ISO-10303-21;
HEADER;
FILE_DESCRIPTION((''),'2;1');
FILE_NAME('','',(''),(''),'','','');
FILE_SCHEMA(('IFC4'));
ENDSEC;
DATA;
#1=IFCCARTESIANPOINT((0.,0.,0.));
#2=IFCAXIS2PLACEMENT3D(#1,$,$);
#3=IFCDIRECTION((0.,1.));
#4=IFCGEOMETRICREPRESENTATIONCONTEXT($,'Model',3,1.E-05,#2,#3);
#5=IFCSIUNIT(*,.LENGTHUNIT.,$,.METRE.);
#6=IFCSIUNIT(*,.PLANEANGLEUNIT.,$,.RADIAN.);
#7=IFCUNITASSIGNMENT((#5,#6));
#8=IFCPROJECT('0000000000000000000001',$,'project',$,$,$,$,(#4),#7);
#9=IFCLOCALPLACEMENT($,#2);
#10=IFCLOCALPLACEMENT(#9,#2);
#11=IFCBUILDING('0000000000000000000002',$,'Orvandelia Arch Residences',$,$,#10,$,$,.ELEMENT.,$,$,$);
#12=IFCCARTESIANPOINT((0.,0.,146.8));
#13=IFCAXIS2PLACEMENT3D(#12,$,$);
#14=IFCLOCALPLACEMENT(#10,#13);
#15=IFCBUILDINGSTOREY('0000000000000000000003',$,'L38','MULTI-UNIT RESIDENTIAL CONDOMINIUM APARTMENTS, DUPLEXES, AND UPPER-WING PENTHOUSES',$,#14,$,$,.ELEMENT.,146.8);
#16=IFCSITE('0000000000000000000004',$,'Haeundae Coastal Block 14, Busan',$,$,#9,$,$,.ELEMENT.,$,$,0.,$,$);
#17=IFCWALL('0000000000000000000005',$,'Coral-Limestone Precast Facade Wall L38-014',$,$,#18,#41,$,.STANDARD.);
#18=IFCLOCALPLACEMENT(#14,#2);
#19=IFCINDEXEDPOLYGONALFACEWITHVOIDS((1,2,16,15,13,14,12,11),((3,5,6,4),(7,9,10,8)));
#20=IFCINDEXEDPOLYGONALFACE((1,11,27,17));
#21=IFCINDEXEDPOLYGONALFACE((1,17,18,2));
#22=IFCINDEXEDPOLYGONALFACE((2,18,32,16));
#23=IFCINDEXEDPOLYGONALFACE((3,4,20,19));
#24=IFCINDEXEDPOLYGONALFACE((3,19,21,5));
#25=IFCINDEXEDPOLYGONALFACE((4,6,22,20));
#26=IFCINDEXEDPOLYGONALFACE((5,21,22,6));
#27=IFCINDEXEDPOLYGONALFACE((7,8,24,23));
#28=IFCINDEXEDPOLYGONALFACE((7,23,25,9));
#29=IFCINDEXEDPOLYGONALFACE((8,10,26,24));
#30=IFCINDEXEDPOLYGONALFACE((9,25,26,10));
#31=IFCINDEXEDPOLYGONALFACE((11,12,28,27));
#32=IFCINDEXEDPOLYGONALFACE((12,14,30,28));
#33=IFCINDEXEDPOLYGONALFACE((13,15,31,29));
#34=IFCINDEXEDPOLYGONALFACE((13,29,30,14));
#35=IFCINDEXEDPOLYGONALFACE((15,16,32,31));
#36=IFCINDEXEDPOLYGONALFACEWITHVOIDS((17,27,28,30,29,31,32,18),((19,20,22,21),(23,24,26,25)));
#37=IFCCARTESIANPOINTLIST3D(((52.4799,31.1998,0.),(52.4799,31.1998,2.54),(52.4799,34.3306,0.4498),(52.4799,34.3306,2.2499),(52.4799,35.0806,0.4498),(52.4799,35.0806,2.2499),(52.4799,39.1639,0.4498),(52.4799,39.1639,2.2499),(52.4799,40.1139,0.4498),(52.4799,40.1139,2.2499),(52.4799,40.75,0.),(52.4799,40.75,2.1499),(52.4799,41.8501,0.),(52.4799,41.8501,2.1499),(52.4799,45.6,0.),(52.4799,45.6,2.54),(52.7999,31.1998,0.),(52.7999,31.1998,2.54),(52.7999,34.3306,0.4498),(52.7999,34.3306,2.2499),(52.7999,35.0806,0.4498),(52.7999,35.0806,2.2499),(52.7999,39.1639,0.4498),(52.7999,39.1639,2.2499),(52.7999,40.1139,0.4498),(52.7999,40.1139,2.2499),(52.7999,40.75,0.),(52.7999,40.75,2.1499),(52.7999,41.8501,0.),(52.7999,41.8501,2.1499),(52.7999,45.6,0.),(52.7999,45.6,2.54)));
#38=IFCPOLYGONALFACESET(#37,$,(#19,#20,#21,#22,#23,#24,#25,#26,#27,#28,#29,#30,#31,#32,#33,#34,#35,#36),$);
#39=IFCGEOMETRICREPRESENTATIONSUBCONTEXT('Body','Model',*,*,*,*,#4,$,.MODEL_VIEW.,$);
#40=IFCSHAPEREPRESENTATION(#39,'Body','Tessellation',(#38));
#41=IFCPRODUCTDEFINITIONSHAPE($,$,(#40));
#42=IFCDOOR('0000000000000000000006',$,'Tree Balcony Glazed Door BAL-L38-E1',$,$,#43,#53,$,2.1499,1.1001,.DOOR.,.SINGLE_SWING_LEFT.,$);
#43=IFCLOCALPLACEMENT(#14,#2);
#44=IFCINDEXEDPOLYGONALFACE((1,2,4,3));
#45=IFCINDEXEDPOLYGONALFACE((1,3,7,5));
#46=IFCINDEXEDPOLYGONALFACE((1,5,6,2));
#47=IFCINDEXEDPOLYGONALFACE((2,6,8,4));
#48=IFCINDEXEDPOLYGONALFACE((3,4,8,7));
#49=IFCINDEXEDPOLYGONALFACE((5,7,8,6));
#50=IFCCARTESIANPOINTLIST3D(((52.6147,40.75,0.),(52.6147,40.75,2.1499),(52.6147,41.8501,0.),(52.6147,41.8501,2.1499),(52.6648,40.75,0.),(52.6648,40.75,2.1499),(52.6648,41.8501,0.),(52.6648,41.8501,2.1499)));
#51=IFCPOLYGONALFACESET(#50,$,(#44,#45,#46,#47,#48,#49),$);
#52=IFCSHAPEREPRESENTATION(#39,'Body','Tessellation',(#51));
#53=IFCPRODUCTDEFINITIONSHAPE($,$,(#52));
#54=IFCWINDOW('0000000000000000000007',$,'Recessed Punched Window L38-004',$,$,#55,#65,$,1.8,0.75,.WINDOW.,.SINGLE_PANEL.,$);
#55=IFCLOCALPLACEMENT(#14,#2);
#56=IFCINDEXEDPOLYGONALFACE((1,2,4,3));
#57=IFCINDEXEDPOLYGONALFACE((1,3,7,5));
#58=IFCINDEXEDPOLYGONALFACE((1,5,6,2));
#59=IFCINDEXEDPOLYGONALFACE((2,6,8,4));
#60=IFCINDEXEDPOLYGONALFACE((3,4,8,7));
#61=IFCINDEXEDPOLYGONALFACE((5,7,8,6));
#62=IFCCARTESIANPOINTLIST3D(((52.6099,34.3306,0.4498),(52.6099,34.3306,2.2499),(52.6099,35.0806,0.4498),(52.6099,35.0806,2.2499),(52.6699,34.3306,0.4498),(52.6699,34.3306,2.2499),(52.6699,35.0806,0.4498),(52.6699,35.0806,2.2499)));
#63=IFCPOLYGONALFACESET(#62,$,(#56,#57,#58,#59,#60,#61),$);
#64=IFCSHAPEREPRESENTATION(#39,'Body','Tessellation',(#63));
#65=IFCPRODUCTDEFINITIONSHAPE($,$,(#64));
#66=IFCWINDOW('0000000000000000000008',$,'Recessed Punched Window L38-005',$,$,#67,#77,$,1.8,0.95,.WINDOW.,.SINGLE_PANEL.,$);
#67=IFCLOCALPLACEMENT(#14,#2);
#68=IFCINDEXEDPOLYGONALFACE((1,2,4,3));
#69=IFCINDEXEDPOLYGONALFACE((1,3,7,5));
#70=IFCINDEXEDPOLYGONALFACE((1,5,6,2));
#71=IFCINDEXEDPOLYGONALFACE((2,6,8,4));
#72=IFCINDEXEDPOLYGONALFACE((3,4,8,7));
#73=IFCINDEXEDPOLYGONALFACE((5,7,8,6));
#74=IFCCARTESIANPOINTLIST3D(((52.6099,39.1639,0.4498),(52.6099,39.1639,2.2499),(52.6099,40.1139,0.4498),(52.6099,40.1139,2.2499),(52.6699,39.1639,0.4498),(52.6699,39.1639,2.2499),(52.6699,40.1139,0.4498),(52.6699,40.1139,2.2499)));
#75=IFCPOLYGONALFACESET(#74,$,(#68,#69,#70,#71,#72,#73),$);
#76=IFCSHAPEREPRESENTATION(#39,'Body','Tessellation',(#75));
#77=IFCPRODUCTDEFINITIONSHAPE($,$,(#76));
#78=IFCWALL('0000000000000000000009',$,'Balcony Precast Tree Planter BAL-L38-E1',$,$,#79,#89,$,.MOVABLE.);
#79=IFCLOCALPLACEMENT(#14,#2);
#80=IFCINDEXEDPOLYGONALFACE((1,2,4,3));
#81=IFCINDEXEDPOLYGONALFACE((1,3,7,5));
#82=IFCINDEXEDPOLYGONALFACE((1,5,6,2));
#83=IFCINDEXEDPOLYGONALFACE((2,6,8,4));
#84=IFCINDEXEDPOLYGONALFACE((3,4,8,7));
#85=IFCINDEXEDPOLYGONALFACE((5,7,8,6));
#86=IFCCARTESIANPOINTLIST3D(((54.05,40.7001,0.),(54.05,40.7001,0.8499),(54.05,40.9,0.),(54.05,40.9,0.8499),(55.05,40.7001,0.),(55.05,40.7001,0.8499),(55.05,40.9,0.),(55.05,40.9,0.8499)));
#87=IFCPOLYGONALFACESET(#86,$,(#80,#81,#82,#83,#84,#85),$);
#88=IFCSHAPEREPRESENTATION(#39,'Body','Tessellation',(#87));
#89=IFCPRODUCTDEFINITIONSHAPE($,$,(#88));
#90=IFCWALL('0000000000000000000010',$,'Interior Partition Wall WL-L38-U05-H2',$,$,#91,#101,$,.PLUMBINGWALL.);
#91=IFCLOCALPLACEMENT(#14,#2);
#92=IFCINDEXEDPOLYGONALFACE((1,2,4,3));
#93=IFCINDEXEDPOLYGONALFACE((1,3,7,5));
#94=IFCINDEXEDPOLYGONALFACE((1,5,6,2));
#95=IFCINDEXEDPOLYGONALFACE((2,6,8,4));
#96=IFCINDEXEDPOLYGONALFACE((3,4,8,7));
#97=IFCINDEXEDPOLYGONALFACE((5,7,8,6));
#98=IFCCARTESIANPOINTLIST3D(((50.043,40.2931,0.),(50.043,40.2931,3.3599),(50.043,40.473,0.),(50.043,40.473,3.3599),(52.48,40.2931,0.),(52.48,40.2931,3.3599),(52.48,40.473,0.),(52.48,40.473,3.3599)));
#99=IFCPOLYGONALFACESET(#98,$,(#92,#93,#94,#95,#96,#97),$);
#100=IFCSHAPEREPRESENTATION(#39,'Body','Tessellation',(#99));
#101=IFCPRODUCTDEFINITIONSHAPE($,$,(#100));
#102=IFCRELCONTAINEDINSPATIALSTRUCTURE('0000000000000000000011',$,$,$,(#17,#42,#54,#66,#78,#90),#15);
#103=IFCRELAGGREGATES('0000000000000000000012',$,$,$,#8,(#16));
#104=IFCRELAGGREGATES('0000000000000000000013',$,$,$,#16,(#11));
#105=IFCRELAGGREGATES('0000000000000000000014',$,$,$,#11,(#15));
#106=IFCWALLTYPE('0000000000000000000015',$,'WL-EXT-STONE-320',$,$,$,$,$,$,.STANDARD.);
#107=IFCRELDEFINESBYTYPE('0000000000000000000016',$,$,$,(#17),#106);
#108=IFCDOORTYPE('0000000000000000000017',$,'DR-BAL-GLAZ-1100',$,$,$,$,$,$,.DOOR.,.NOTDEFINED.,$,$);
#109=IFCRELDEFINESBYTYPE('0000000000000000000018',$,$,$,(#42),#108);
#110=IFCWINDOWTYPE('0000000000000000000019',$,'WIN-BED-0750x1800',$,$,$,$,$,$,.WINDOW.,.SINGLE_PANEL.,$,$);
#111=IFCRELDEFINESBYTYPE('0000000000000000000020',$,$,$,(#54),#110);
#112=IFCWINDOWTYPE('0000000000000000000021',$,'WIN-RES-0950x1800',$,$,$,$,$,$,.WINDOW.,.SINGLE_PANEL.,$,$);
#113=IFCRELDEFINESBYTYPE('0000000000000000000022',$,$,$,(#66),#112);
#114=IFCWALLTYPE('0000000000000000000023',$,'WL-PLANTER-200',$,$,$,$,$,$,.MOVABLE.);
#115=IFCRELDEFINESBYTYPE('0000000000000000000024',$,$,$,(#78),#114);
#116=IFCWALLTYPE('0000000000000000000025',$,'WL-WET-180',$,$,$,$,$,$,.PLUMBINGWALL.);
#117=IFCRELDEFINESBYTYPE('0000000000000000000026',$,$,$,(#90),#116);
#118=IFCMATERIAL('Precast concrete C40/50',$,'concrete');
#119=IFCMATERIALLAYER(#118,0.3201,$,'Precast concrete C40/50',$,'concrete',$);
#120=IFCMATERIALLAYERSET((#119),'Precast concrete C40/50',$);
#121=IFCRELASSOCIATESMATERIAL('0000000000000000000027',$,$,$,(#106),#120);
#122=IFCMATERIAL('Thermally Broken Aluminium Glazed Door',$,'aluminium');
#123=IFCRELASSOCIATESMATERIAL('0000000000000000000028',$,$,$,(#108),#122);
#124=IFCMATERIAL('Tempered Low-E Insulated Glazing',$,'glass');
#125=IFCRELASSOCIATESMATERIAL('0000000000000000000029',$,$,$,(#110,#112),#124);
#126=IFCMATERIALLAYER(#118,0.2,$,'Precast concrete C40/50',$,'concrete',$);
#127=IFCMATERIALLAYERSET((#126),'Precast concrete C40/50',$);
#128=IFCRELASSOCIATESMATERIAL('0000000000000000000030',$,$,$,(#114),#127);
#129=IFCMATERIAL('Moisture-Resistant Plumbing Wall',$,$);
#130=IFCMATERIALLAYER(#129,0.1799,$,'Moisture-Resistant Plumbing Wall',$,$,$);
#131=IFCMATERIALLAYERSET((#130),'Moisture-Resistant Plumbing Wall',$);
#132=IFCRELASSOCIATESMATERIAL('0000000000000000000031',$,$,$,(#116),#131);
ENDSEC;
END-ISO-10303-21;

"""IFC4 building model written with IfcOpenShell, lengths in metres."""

from ifc_helpers import new_model, si_unit, direction, frame, frame_2d, origin, place, context, subcontext, project, spatial, rectangle, extrude, material, layer, layer_set, type_object, element, fill, save


model = new_model("IFC4")

# Units and contexts
model_context = context("Model", 3, precision=1e-05, world=origin(), true_north=direction((0.0, 1.0)))
body_context = subcontext(model_context, "Body", "Model", "MODEL_VIEW")
ifc_project = project(units=[si_unit("LENGTHUNIT", "METRE"), si_unit("PLANEANGLEUNIT", "RADIAN")], contexts=[model_context])

# Site, building, storey
site_placement = place(None, origin())
site = spatial("IfcSite", under=ifc_project, at=site_placement, Name="Haeundae Coastal Block 14, Busan", CompositionType="ELEMENT", RefElevation=0.0)
building_placement = place(site_placement, origin())
building = spatial("IfcBuilding", under=site, at=building_placement, Name="Orvandelia Arch Residences", CompositionType="ELEMENT")
storey_placement = place(building_placement, frame((0.0, 0.0, 146.8)))
storey = spatial("IfcBuildingStorey", under=building, at=storey_placement, Name="L38", Description="MULTI-UNIT RESIDENTIAL CONDOMINIUM APARTMENTS, DUPLEXES, AND UPPER-WING PENTHOUSES", CompositionType="ELEMENT", Elevation=146.8)

# Shared definitions
ifc_material_1 = material(Name="Precast concrete C40/50", Category="concrete")
ifc_layer_1 = layer(ifc_material_1, 0.3201, Name="Precast concrete C40/50", Category="concrete")
ifc_layer_set_1 = layer_set([ifc_layer_1], Name="Precast concrete C40/50")
wall_type_1 = type_object("IfcWallType", Name="WL-EXT-STONE-320", PredefinedType="STANDARD", material=ifc_layer_set_1)

# Wall, openings, door, windows
wall_1_placement = place(storey_placement, frame((52.6399, 45.6001, 0.0), z_axis=(0.0, 0.0, 1.0), x_axis=(0.0, -1.0, 0.0)))
wall_1 = element("IfcWall", 1, at=wall_1_placement, inside=storey, type_object=wall_type_1, Name="Coral-Limestone Precast Facade Wall L38-014", PredefinedType="STANDARD", context=body_context, shape_type="SweptSolid", body=[
    extrude(rectangle(XDim=14.4001, YDim=0.3201, at=frame_2d((7.2002, 0.0))), origin(), (0.0, 0.0, 1.0), 2.54),
])
opening_1_placement = place(wall_1_placement, frame((3.75, 0.0, 0.0)))
opening_1 = element("IfcOpeningElement", 2, at=opening_1_placement, cuts=wall_1, PredefinedType="OPENING", context=body_context, shape_type="SweptSolid", body=[
    extrude(rectangle(XDim=1.1001, YDim=2.1499, at=frame_2d((0.55, 1.075))), frame((0.0, 0.1699, 0.0), z_axis=(0.0, -1.0, 0.0), x_axis=(1.0, 0.0, 0.0)), (0.0, 0.0, 1.0), 0.3401),
])
opening_2_placement = place(wall_1_placement, frame((10.5195, 0.0, 0.45)))
opening_2 = element("IfcOpeningElement", 3, at=opening_2_placement, cuts=wall_1, PredefinedType="OPENING", context=body_context, shape_type="SweptSolid", body=[
    extrude(rectangle(XDim=0.75, YDim=1.8, at=frame_2d((0.375, 0.8999))), frame((0.0, 0.1699, 0.0), z_axis=(0.0, -1.0, 0.0), x_axis=(1.0, 0.0, 0.0)), (0.0, 0.0, 1.0), 0.3401),
])
opening_3_placement = place(wall_1_placement, frame((5.4861, 0.0, 0.45)))
opening_3 = element("IfcOpeningElement", 4, at=opening_3_placement, cuts=wall_1, PredefinedType="OPENING", context=body_context, shape_type="SweptSolid", body=[
    extrude(rectangle(XDim=0.95, YDim=1.8, at=frame_2d((0.4751, 0.8999))), frame((0.0, 0.1699, 0.0), z_axis=(0.0, -1.0, 0.0), x_axis=(1.0, 0.0, 0.0)), (0.0, 0.0, 1.0), 0.3401),
])
ifc_material_2 = material(Name="Thermally Broken Aluminium Glazed Door", Category="aluminium")
door_type_1 = type_object("IfcDoorType", Name="DR-BAL-GLAZ-1100", OperationType="NOTDEFINED", PredefinedType="DOOR", material=ifc_material_2)
door_1_placement = place(opening_1_placement, origin())
door_1 = element("IfcDoor", 5, at=door_1_placement, inside=storey, type_object=door_type_1, Name="Tree Balcony Glazed Door BAL-L38-E1", OperationType="SINGLE_SWING_LEFT", OverallHeight=2.1499, OverallWidth=1.1001, PredefinedType="DOOR", context=body_context, shape_type="SweptSolid", body=[
    extrude(rectangle(XDim=1.1001, YDim=2.1499, at=frame_2d((0.55, 1.075))), frame((0.0, 0.0249, 0.0), z_axis=(0.0, -1.0, 0.0), x_axis=(1.0, 0.0, 0.0)), (0.0, 0.0, 1.0), 0.05),
])
fill(opening_1, door_1)
ifc_material_3 = material(Name="Tempered Low-E Insulated Glazing", Category="glass")
window_type_1 = type_object("IfcWindowType", Name="WIN-BED-0750x1800", PartitioningType="SINGLE_PANEL", PredefinedType="WINDOW", material=ifc_material_3)
window_1_placement = place(opening_2_placement, origin())
window_1 = element("IfcWindow", 6, at=window_1_placement, inside=storey, type_object=window_type_1, Name="Recessed Punched Window L38-004", OverallHeight=1.8, OverallWidth=0.75, PartitioningType="SINGLE_PANEL", PredefinedType="WINDOW", context=body_context, shape_type="SweptSolid", body=[
    extrude(rectangle(XDim=0.75, YDim=1.8, at=frame_2d((0.375, 0.8999))), frame((0.0, 0.03, 0.0), z_axis=(0.0, -1.0, 0.0), x_axis=(1.0, 0.0, 0.0)), (0.0, 0.0, 1.0), 0.0601),
])
fill(opening_2, window_1)
window_type_2 = type_object("IfcWindowType", Name="WIN-RES-0950x1800", PartitioningType="SINGLE_PANEL", PredefinedType="WINDOW", material=ifc_material_3)
window_2_placement = place(opening_3_placement, origin())
window_2 = element("IfcWindow", 7, at=window_2_placement, inside=storey, type_object=window_type_2, Name="Recessed Punched Window L38-005", OverallHeight=1.8, OverallWidth=0.95, PartitioningType="SINGLE_PANEL", PredefinedType="WINDOW", context=body_context, shape_type="SweptSolid", body=[
    extrude(rectangle(XDim=0.95, YDim=1.8, at=frame_2d((0.4751, 0.8999))), frame((0.0, 0.03, 0.0), z_axis=(0.0, -1.0, 0.0), x_axis=(1.0, 0.0, 0.0)), (0.0, 0.0, 1.0), 0.0601),
])
fill(opening_3, window_2)

# Walls
ifc_layer_2 = layer(ifc_material_1, 0.2, Name="Precast concrete C40/50", Category="concrete")
ifc_layer_set_2 = layer_set([ifc_layer_2], Name="Precast concrete C40/50")
wall_type_2 = type_object("IfcWallType", Name="WL-PLANTER-200", PredefinedType="MOVABLE", material=ifc_layer_set_2)
wall_2_placement = place(storey_placement, frame((54.05, 40.8, 0.0), z_axis=(0.0, 0.0, 1.0), x_axis=(1.0, 0.0, 0.0)))
element("IfcWall", 8, at=wall_2_placement, inside=storey, type_object=wall_type_2, Name="Balcony Precast Tree Planter BAL-L38-E1", PredefinedType="MOVABLE", context=body_context, shape_type="SweptSolid", body=[
    extrude(rectangle(XDim=1.0, YDim=0.2, at=frame_2d((0.5, 0.0))), origin(), (0.0, 0.0, 1.0), 0.8499),
])
ifc_material_4 = material(Name="Moisture-Resistant Plumbing Wall")
ifc_layer_3 = layer(ifc_material_4, 0.1799, Name="Moisture-Resistant Plumbing Wall")
ifc_layer_set_3 = layer_set([ifc_layer_3], Name="Moisture-Resistant Plumbing Wall")
wall_type_3 = type_object("IfcWallType", Name="WL-WET-180", PredefinedType="PLUMBINGWALL", material=ifc_layer_set_3)
wall_3_placement = place(storey_placement, frame((50.043, 40.3831, 0.0), z_axis=(0.0, 0.0, 1.0), x_axis=(1.0, 0.0, 0.0)))
element("IfcWall", 9, at=wall_3_placement, inside=storey, type_object=wall_type_3, Name="Interior Partition Wall WL-L38-U05-H2", PredefinedType="PLUMBINGWALL", context=body_context, shape_type="SweptSolid", body=[
    extrude(rectangle(XDim=2.437, YDim=0.1799, at=frame_2d((1.2185, 0.0))), origin(), (0.0, 0.0, 1.0), 3.3599),
])

save(model, "model.ifc")
